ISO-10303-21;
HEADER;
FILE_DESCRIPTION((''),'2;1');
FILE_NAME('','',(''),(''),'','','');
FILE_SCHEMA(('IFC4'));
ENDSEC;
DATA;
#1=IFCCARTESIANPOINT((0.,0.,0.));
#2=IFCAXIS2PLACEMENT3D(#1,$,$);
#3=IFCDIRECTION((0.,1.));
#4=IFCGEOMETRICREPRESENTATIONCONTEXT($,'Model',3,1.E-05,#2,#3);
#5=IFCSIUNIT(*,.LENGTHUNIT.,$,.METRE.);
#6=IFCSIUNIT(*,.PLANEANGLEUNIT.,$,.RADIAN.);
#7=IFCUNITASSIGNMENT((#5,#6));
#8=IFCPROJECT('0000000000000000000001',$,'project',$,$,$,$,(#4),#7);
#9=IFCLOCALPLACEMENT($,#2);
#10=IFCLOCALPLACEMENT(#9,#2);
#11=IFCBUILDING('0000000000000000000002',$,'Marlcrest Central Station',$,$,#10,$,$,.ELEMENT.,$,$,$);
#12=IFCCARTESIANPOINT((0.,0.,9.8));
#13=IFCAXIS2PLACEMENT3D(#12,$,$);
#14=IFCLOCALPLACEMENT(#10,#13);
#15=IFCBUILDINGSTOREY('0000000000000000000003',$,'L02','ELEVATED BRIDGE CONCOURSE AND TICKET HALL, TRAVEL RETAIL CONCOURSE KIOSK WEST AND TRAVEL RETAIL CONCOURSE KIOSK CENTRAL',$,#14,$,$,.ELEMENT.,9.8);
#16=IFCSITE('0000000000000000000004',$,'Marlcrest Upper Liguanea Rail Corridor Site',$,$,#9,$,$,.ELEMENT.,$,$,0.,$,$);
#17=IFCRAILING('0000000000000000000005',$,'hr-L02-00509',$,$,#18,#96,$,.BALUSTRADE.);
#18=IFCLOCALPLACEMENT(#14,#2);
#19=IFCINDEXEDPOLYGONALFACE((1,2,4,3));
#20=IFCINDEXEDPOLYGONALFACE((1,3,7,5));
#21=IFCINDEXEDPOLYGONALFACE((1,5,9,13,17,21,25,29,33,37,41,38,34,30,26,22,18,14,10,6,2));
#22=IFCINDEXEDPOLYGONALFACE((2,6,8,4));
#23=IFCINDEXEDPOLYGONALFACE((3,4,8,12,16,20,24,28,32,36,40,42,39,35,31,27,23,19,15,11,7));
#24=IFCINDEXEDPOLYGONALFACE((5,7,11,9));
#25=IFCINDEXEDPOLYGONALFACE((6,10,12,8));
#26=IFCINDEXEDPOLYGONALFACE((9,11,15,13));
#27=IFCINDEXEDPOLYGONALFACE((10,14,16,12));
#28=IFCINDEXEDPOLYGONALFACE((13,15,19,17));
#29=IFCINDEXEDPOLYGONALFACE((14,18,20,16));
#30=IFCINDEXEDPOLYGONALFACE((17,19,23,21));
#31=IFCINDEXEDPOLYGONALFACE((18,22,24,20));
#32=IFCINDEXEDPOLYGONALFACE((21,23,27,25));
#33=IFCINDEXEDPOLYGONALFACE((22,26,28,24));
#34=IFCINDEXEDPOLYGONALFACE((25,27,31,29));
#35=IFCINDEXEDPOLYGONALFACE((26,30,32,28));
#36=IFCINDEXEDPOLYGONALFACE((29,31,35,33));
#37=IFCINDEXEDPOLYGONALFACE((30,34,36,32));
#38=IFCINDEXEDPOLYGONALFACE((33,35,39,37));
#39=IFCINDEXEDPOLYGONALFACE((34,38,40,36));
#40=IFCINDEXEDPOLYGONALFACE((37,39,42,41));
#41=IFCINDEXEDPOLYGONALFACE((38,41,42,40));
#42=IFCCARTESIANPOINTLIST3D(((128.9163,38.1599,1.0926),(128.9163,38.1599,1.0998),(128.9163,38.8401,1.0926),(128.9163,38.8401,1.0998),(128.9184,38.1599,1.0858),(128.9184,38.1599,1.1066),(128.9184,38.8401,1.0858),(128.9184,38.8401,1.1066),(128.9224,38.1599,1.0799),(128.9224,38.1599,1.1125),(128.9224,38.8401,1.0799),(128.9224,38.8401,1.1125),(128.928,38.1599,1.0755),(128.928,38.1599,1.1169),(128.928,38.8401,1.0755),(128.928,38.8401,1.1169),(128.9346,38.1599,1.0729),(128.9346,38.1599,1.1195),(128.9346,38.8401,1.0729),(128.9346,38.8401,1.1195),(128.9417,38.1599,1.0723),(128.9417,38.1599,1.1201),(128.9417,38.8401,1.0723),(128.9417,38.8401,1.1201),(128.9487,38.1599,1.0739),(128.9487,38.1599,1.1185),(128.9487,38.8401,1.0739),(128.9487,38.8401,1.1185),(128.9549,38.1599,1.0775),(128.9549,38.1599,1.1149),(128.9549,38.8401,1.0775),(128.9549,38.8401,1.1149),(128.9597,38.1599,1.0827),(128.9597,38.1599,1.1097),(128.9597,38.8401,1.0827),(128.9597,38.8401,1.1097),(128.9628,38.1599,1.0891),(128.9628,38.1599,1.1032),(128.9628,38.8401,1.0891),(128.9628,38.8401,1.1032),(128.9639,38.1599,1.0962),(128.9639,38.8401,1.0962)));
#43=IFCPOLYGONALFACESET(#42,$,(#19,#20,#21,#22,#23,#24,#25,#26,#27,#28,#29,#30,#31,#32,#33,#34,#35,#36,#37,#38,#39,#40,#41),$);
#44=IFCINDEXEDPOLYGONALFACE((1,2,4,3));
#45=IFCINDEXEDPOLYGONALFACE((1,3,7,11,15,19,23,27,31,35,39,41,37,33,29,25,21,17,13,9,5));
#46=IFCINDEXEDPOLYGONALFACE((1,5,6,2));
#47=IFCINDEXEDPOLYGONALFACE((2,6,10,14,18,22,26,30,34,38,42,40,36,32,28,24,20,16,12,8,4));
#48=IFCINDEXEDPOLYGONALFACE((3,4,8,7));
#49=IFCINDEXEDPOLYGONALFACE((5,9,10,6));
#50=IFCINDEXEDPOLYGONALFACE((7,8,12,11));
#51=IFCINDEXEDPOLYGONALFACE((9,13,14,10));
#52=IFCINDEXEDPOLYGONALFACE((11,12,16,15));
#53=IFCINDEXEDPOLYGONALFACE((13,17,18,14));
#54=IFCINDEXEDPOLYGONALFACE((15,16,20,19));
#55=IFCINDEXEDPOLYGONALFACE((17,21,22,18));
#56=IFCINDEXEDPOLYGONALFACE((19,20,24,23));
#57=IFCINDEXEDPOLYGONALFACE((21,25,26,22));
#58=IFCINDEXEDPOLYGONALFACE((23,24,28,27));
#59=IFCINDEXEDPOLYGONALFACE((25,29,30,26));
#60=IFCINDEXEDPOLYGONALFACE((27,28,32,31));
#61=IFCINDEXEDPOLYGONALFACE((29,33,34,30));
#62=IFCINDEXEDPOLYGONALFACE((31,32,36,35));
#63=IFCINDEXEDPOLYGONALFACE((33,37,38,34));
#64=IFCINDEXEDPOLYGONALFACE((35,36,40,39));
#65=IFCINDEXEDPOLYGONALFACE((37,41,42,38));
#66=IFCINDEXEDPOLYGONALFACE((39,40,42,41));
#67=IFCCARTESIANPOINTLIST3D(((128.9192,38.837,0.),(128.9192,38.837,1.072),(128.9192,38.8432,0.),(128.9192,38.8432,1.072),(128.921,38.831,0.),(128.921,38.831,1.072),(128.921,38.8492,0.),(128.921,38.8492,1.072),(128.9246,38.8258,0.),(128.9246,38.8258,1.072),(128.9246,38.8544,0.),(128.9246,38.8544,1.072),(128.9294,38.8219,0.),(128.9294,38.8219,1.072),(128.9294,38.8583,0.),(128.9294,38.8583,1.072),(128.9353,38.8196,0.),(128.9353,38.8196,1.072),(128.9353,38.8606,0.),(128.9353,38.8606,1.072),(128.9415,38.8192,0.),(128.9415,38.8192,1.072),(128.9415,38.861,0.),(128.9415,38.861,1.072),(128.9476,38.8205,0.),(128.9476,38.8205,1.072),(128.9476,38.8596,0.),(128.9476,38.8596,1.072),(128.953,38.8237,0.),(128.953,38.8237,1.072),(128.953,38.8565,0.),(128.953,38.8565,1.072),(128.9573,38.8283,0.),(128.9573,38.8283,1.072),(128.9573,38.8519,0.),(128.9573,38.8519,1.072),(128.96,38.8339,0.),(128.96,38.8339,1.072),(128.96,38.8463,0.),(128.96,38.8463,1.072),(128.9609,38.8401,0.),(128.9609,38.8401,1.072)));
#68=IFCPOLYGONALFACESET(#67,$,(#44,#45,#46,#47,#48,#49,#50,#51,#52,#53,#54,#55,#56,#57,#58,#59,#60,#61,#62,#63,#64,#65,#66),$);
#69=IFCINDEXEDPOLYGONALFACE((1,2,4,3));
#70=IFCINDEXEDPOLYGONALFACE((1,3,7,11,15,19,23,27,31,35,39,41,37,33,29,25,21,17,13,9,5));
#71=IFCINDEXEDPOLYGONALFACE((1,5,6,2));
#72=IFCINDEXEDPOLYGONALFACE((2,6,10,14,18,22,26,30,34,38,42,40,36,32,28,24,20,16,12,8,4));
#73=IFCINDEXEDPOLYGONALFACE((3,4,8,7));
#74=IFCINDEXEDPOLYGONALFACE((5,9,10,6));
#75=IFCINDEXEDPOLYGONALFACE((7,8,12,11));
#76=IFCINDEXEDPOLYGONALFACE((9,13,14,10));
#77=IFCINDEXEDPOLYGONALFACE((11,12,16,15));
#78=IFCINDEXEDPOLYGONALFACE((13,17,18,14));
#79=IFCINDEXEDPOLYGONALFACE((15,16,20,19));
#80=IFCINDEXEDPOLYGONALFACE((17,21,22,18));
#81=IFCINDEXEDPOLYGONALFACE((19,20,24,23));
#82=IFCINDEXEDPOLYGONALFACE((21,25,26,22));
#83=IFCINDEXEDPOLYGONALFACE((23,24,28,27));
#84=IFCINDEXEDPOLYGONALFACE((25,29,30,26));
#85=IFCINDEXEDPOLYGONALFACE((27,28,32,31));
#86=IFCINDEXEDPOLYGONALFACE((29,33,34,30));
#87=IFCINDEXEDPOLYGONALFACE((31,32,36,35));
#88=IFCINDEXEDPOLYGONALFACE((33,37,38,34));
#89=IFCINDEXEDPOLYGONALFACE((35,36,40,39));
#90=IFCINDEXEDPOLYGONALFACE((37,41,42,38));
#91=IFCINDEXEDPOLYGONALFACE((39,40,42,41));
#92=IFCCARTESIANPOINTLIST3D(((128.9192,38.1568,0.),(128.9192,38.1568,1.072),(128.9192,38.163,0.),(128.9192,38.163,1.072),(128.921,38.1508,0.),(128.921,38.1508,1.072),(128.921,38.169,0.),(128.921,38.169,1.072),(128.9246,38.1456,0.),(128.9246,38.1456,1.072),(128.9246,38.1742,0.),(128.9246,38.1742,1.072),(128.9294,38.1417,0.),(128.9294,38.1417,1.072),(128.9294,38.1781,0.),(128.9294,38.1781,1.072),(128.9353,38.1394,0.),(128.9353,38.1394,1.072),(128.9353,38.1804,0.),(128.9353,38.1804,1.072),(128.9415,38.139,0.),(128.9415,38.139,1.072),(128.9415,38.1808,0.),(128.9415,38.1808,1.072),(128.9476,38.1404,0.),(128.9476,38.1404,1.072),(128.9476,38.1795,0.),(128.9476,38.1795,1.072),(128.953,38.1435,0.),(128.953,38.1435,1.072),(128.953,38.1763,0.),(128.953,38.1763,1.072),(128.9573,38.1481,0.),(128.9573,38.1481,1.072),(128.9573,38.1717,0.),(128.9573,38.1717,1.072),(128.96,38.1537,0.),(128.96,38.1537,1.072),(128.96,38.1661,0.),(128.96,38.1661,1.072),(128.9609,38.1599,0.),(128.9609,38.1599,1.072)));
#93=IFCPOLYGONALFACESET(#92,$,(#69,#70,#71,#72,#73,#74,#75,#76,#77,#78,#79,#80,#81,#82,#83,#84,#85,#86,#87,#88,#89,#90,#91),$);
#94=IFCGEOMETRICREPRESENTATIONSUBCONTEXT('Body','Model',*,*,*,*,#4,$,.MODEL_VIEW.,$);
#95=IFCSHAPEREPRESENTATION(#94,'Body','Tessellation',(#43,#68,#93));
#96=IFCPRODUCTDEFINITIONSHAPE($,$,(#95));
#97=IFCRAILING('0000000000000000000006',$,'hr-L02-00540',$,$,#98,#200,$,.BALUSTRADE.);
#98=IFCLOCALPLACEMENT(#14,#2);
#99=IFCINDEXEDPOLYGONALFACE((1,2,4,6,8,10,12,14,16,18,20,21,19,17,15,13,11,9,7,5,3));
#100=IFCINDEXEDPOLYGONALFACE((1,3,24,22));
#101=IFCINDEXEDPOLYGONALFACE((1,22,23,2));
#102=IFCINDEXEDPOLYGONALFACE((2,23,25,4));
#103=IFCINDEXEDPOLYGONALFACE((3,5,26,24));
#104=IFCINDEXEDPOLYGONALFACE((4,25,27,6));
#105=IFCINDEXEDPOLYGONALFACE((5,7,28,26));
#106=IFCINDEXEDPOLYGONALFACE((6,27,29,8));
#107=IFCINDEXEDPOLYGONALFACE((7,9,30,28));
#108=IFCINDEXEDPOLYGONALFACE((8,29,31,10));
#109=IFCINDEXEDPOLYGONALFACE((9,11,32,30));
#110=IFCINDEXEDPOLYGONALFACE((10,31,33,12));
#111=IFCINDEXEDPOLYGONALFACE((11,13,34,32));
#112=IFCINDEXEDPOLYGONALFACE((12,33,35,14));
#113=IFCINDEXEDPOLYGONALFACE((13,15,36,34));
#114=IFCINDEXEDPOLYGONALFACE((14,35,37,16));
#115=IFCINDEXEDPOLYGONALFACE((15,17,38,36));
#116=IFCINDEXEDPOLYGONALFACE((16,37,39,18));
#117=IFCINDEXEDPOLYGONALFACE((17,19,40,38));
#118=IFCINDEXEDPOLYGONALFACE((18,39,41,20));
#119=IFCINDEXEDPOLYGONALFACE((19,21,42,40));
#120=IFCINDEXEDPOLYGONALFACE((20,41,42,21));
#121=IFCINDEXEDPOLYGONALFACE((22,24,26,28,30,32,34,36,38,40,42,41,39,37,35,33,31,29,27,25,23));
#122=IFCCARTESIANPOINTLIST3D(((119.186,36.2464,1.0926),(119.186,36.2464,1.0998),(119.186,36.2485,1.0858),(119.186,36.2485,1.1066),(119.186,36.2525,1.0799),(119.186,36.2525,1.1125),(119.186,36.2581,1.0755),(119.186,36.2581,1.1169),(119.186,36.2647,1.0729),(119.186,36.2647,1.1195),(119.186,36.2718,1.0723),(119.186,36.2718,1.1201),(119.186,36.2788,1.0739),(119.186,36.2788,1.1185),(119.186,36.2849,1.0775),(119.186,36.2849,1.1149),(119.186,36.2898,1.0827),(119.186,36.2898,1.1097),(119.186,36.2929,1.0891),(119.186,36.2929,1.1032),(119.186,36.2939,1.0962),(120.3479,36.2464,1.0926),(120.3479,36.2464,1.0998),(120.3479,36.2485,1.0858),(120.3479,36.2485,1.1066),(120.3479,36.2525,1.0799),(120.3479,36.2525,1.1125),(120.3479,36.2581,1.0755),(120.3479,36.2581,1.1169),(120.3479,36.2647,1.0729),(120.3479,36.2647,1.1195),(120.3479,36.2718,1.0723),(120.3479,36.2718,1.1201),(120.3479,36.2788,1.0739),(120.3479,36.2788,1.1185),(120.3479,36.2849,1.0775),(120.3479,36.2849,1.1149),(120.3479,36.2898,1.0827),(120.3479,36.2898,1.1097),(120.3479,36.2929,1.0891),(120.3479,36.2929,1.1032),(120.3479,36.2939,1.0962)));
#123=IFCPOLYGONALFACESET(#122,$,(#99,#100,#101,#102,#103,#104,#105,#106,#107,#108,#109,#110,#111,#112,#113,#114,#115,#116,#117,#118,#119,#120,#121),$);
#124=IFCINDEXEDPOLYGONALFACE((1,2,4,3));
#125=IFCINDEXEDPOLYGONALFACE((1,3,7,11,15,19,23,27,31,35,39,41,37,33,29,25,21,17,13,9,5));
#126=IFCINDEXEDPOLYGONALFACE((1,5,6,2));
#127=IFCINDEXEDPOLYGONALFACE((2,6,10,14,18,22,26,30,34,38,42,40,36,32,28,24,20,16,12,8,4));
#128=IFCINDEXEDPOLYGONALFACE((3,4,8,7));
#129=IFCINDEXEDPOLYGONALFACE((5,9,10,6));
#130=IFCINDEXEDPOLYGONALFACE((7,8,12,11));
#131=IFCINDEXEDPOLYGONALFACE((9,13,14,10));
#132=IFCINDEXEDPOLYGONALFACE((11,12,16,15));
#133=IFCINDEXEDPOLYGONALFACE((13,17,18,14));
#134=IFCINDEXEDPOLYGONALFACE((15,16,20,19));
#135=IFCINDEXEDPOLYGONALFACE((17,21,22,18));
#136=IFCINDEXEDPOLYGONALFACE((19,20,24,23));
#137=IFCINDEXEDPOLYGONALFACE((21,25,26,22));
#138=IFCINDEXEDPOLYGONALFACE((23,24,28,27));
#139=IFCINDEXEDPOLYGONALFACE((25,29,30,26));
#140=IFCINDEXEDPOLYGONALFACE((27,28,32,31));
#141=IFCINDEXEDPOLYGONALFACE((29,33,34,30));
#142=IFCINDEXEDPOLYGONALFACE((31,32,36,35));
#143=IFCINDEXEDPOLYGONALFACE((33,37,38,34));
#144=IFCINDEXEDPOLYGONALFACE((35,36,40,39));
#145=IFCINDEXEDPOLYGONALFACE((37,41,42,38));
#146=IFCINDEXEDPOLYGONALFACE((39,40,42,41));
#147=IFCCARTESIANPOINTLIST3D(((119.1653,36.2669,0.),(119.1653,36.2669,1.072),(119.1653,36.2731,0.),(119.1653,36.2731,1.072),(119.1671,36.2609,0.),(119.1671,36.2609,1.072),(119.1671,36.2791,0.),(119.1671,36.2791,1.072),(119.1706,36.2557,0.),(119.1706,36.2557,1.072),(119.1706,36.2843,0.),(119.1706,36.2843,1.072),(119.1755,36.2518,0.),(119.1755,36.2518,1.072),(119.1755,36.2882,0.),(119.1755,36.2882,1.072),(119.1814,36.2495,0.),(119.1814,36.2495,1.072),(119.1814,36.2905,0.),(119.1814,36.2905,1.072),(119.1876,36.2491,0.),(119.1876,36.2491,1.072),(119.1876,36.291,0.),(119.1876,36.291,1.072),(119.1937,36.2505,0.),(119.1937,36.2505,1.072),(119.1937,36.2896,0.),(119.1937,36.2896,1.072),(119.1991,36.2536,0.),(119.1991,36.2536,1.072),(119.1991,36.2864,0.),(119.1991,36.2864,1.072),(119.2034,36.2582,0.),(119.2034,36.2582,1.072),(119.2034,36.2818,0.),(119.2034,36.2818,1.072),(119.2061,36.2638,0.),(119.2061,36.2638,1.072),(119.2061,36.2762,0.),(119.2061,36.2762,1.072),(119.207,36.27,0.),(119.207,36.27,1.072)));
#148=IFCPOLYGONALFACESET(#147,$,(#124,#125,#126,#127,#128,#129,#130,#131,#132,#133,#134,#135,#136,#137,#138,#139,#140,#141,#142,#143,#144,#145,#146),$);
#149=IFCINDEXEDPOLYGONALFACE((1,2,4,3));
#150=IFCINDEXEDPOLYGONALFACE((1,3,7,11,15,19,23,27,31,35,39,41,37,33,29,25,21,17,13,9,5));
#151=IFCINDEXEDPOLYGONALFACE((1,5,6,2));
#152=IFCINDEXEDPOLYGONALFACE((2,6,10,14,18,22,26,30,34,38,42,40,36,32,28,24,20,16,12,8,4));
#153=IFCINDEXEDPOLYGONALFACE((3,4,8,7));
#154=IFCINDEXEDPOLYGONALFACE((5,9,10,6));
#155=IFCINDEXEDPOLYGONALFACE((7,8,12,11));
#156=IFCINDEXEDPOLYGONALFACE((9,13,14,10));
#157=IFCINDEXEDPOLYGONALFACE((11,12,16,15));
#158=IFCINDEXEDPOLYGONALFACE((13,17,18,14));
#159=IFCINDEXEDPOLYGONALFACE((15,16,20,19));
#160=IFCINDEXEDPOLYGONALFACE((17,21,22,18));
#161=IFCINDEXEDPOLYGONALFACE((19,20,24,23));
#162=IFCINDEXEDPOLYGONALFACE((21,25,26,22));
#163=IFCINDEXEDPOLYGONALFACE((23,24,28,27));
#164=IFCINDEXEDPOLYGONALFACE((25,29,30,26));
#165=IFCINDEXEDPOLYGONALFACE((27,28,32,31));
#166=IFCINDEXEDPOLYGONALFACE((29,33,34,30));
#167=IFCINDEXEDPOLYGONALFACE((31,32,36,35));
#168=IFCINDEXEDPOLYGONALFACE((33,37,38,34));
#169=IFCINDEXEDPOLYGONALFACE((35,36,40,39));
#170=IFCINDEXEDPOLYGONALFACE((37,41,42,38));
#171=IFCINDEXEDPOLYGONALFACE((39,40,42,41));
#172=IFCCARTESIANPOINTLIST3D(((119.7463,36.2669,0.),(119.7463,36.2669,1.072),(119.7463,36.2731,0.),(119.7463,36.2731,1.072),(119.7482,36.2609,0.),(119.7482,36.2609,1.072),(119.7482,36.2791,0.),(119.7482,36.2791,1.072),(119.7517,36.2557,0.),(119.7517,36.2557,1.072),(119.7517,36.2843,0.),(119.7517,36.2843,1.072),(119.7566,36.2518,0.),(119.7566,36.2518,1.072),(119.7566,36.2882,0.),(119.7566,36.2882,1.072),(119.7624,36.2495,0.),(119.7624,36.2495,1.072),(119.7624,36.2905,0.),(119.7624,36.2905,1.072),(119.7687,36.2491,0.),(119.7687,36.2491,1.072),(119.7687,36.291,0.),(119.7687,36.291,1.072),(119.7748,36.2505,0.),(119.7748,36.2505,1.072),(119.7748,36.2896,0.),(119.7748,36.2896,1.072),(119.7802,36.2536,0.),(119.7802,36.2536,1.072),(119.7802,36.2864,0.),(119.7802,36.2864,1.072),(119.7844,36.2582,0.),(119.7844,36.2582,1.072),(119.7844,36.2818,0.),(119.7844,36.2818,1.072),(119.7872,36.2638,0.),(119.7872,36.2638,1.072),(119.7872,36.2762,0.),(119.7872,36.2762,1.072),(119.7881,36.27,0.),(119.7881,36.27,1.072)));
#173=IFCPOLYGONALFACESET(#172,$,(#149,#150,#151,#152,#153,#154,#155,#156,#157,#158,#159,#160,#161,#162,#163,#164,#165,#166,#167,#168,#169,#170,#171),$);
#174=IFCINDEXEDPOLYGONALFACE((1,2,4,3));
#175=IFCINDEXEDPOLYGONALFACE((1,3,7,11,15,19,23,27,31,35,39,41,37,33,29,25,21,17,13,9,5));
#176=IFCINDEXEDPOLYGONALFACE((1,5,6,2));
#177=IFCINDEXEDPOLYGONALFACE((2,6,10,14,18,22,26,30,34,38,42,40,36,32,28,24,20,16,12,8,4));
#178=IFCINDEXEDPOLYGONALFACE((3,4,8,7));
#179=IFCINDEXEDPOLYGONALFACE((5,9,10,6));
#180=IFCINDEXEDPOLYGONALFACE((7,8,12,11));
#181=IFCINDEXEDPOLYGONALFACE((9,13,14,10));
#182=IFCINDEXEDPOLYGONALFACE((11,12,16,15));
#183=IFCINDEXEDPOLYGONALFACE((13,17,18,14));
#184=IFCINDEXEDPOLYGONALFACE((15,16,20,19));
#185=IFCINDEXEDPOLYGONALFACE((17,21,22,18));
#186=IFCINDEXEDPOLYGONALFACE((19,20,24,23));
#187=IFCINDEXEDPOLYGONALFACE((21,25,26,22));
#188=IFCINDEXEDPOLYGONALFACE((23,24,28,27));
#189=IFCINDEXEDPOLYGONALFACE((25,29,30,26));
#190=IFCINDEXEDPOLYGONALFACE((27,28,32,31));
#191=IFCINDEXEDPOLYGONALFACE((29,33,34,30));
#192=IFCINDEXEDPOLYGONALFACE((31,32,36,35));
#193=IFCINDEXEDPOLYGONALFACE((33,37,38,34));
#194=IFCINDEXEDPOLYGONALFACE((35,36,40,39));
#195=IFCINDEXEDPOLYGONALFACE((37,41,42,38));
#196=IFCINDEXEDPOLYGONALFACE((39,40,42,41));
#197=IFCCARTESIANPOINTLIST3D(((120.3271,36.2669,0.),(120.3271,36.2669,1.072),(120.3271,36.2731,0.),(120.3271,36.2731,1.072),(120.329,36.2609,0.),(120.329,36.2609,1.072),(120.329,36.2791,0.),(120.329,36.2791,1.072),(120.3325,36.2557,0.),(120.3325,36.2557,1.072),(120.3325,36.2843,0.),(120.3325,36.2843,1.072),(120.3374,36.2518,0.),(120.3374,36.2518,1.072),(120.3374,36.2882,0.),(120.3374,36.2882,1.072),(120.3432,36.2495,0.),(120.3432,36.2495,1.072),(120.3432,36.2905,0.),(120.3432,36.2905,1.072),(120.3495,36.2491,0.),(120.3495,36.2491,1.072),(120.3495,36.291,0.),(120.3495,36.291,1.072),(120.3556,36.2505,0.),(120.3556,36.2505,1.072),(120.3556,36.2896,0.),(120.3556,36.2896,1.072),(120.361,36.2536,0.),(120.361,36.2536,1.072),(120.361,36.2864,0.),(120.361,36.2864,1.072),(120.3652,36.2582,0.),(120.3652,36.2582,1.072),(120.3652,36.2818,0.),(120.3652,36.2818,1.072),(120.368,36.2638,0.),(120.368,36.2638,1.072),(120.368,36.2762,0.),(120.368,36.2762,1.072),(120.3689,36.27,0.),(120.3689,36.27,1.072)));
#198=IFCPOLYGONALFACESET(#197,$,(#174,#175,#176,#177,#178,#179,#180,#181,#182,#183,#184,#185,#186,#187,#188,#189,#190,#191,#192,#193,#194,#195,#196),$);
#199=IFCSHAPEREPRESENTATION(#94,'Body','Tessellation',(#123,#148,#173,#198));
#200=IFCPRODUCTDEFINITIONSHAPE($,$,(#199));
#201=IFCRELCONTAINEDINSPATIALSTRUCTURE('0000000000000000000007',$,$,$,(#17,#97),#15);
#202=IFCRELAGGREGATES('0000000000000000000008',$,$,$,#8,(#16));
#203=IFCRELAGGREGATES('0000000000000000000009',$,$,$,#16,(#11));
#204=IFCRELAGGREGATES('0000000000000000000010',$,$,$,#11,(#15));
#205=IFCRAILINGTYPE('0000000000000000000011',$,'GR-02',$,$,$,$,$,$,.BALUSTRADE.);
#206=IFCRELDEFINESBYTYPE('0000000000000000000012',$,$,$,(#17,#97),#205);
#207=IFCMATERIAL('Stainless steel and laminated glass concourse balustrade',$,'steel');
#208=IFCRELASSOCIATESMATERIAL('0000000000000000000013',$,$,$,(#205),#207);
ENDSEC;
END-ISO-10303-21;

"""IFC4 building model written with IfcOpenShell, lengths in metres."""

from ifc_helpers import new_model, si_unit, direction, frame, origin, origin_2d, place, context, subcontext, project, spatial, circle, extrude, material, type_object, element, save


model = new_model("IFC4")

# Units and contexts
model_context = context("Model", 3, precision=1e-05, world=origin(), true_north=direction((0.0, 1.0)))
body_context = subcontext(model_context, "Body", "Model", "MODEL_VIEW")
ifc_project = project(units=[si_unit("LENGTHUNIT", "METRE"), si_unit("PLANEANGLEUNIT", "RADIAN")], contexts=[model_context])

# Site, building, storey
site_placement = place(None, origin())
site = spatial("IfcSite", under=ifc_project, at=site_placement, Name="Marlcrest Upper Liguanea Rail Corridor Site", CompositionType="ELEMENT", RefElevation=0.0)
building_placement = place(site_placement, origin())
building = spatial("IfcBuilding", under=site, at=building_placement, Name="Marlcrest Central Station", CompositionType="ELEMENT")
storey_placement = place(building_placement, frame((0.0, 0.0, 9.8)))
storey = spatial("IfcBuildingStorey", under=building, at=storey_placement, Name="L02", Description="ELEVATED BRIDGE CONCOURSE AND TICKET HALL, TRAVEL RETAIL CONCOURSE KIOSK WEST AND TRAVEL RETAIL CONCOURSE KIOSK CENTRAL", CompositionType="ELEMENT", Elevation=9.8)

# Railings
ifc_material_1 = material(Name="Stainless steel and laminated glass concourse balustrade", Category="steel")
railing_type = type_object("IfcRailingType", Name="GR-02", PredefinedType="BALUSTRADE", material=ifc_material_1)
railing_1_placement = place(storey_placement, frame((128.9399, 38.8401, 0.0)))
element("IfcRailing", 1, at=railing_1_placement, inside=storey, type_object=railing_type, Name="hr-L02-00509", PredefinedType="BALUSTRADE", context=body_context, shape_type="SweptSolid", body=[
    extrude(circle(Radius=0.0239, at=origin_2d()), frame((0.0, 0.0, 1.0962), z_axis=(0.0, -1.0, 0.0), x_axis=(1.0, 0.0, 0.0)), (0.0, 0.0, 1.0), 0.6802),
    extrude(circle(Radius=0.021, at=origin_2d()), origin(), (0.0, 0.0, 1.0), 1.072),
    extrude(circle(Radius=0.021, at=origin_2d()), frame((0.0, -0.6802, 0.0)), (0.0, 0.0, 1.0), 1.072),
])
railing_2_placement = place(storey_placement, frame((119.186, 36.27, 0.0)))
element("IfcRailing", 2, at=railing_2_placement, inside=storey, type_object=railing_type, Name="hr-L02-00540", PredefinedType="BALUSTRADE", context=body_context, shape_type="SweptSolid", body=[
    extrude(circle(Radius=0.0239, at=origin_2d()), frame((0.0, 0.0, 1.0962), z_axis=(1.0, 0.0, 0.0), x_axis=(0.0, 1.0, 0.0)), (0.0, 0.0, 1.0), 1.1619),
    extrude(circle(Radius=0.021, at=origin_2d()), origin(), (0.0, 0.0, 1.0), 1.072),
    extrude(circle(Radius=0.021, at=origin_2d()), frame((0.5811, 0.0, 0.0)), (0.0, 0.0, 1.0), 1.072),
    extrude(circle(Radius=0.021, at=origin_2d()), frame((1.1619, 0.0, 0.0)), (0.0, 0.0, 1.0), 1.072),
])

save(model, "model.ifc")
